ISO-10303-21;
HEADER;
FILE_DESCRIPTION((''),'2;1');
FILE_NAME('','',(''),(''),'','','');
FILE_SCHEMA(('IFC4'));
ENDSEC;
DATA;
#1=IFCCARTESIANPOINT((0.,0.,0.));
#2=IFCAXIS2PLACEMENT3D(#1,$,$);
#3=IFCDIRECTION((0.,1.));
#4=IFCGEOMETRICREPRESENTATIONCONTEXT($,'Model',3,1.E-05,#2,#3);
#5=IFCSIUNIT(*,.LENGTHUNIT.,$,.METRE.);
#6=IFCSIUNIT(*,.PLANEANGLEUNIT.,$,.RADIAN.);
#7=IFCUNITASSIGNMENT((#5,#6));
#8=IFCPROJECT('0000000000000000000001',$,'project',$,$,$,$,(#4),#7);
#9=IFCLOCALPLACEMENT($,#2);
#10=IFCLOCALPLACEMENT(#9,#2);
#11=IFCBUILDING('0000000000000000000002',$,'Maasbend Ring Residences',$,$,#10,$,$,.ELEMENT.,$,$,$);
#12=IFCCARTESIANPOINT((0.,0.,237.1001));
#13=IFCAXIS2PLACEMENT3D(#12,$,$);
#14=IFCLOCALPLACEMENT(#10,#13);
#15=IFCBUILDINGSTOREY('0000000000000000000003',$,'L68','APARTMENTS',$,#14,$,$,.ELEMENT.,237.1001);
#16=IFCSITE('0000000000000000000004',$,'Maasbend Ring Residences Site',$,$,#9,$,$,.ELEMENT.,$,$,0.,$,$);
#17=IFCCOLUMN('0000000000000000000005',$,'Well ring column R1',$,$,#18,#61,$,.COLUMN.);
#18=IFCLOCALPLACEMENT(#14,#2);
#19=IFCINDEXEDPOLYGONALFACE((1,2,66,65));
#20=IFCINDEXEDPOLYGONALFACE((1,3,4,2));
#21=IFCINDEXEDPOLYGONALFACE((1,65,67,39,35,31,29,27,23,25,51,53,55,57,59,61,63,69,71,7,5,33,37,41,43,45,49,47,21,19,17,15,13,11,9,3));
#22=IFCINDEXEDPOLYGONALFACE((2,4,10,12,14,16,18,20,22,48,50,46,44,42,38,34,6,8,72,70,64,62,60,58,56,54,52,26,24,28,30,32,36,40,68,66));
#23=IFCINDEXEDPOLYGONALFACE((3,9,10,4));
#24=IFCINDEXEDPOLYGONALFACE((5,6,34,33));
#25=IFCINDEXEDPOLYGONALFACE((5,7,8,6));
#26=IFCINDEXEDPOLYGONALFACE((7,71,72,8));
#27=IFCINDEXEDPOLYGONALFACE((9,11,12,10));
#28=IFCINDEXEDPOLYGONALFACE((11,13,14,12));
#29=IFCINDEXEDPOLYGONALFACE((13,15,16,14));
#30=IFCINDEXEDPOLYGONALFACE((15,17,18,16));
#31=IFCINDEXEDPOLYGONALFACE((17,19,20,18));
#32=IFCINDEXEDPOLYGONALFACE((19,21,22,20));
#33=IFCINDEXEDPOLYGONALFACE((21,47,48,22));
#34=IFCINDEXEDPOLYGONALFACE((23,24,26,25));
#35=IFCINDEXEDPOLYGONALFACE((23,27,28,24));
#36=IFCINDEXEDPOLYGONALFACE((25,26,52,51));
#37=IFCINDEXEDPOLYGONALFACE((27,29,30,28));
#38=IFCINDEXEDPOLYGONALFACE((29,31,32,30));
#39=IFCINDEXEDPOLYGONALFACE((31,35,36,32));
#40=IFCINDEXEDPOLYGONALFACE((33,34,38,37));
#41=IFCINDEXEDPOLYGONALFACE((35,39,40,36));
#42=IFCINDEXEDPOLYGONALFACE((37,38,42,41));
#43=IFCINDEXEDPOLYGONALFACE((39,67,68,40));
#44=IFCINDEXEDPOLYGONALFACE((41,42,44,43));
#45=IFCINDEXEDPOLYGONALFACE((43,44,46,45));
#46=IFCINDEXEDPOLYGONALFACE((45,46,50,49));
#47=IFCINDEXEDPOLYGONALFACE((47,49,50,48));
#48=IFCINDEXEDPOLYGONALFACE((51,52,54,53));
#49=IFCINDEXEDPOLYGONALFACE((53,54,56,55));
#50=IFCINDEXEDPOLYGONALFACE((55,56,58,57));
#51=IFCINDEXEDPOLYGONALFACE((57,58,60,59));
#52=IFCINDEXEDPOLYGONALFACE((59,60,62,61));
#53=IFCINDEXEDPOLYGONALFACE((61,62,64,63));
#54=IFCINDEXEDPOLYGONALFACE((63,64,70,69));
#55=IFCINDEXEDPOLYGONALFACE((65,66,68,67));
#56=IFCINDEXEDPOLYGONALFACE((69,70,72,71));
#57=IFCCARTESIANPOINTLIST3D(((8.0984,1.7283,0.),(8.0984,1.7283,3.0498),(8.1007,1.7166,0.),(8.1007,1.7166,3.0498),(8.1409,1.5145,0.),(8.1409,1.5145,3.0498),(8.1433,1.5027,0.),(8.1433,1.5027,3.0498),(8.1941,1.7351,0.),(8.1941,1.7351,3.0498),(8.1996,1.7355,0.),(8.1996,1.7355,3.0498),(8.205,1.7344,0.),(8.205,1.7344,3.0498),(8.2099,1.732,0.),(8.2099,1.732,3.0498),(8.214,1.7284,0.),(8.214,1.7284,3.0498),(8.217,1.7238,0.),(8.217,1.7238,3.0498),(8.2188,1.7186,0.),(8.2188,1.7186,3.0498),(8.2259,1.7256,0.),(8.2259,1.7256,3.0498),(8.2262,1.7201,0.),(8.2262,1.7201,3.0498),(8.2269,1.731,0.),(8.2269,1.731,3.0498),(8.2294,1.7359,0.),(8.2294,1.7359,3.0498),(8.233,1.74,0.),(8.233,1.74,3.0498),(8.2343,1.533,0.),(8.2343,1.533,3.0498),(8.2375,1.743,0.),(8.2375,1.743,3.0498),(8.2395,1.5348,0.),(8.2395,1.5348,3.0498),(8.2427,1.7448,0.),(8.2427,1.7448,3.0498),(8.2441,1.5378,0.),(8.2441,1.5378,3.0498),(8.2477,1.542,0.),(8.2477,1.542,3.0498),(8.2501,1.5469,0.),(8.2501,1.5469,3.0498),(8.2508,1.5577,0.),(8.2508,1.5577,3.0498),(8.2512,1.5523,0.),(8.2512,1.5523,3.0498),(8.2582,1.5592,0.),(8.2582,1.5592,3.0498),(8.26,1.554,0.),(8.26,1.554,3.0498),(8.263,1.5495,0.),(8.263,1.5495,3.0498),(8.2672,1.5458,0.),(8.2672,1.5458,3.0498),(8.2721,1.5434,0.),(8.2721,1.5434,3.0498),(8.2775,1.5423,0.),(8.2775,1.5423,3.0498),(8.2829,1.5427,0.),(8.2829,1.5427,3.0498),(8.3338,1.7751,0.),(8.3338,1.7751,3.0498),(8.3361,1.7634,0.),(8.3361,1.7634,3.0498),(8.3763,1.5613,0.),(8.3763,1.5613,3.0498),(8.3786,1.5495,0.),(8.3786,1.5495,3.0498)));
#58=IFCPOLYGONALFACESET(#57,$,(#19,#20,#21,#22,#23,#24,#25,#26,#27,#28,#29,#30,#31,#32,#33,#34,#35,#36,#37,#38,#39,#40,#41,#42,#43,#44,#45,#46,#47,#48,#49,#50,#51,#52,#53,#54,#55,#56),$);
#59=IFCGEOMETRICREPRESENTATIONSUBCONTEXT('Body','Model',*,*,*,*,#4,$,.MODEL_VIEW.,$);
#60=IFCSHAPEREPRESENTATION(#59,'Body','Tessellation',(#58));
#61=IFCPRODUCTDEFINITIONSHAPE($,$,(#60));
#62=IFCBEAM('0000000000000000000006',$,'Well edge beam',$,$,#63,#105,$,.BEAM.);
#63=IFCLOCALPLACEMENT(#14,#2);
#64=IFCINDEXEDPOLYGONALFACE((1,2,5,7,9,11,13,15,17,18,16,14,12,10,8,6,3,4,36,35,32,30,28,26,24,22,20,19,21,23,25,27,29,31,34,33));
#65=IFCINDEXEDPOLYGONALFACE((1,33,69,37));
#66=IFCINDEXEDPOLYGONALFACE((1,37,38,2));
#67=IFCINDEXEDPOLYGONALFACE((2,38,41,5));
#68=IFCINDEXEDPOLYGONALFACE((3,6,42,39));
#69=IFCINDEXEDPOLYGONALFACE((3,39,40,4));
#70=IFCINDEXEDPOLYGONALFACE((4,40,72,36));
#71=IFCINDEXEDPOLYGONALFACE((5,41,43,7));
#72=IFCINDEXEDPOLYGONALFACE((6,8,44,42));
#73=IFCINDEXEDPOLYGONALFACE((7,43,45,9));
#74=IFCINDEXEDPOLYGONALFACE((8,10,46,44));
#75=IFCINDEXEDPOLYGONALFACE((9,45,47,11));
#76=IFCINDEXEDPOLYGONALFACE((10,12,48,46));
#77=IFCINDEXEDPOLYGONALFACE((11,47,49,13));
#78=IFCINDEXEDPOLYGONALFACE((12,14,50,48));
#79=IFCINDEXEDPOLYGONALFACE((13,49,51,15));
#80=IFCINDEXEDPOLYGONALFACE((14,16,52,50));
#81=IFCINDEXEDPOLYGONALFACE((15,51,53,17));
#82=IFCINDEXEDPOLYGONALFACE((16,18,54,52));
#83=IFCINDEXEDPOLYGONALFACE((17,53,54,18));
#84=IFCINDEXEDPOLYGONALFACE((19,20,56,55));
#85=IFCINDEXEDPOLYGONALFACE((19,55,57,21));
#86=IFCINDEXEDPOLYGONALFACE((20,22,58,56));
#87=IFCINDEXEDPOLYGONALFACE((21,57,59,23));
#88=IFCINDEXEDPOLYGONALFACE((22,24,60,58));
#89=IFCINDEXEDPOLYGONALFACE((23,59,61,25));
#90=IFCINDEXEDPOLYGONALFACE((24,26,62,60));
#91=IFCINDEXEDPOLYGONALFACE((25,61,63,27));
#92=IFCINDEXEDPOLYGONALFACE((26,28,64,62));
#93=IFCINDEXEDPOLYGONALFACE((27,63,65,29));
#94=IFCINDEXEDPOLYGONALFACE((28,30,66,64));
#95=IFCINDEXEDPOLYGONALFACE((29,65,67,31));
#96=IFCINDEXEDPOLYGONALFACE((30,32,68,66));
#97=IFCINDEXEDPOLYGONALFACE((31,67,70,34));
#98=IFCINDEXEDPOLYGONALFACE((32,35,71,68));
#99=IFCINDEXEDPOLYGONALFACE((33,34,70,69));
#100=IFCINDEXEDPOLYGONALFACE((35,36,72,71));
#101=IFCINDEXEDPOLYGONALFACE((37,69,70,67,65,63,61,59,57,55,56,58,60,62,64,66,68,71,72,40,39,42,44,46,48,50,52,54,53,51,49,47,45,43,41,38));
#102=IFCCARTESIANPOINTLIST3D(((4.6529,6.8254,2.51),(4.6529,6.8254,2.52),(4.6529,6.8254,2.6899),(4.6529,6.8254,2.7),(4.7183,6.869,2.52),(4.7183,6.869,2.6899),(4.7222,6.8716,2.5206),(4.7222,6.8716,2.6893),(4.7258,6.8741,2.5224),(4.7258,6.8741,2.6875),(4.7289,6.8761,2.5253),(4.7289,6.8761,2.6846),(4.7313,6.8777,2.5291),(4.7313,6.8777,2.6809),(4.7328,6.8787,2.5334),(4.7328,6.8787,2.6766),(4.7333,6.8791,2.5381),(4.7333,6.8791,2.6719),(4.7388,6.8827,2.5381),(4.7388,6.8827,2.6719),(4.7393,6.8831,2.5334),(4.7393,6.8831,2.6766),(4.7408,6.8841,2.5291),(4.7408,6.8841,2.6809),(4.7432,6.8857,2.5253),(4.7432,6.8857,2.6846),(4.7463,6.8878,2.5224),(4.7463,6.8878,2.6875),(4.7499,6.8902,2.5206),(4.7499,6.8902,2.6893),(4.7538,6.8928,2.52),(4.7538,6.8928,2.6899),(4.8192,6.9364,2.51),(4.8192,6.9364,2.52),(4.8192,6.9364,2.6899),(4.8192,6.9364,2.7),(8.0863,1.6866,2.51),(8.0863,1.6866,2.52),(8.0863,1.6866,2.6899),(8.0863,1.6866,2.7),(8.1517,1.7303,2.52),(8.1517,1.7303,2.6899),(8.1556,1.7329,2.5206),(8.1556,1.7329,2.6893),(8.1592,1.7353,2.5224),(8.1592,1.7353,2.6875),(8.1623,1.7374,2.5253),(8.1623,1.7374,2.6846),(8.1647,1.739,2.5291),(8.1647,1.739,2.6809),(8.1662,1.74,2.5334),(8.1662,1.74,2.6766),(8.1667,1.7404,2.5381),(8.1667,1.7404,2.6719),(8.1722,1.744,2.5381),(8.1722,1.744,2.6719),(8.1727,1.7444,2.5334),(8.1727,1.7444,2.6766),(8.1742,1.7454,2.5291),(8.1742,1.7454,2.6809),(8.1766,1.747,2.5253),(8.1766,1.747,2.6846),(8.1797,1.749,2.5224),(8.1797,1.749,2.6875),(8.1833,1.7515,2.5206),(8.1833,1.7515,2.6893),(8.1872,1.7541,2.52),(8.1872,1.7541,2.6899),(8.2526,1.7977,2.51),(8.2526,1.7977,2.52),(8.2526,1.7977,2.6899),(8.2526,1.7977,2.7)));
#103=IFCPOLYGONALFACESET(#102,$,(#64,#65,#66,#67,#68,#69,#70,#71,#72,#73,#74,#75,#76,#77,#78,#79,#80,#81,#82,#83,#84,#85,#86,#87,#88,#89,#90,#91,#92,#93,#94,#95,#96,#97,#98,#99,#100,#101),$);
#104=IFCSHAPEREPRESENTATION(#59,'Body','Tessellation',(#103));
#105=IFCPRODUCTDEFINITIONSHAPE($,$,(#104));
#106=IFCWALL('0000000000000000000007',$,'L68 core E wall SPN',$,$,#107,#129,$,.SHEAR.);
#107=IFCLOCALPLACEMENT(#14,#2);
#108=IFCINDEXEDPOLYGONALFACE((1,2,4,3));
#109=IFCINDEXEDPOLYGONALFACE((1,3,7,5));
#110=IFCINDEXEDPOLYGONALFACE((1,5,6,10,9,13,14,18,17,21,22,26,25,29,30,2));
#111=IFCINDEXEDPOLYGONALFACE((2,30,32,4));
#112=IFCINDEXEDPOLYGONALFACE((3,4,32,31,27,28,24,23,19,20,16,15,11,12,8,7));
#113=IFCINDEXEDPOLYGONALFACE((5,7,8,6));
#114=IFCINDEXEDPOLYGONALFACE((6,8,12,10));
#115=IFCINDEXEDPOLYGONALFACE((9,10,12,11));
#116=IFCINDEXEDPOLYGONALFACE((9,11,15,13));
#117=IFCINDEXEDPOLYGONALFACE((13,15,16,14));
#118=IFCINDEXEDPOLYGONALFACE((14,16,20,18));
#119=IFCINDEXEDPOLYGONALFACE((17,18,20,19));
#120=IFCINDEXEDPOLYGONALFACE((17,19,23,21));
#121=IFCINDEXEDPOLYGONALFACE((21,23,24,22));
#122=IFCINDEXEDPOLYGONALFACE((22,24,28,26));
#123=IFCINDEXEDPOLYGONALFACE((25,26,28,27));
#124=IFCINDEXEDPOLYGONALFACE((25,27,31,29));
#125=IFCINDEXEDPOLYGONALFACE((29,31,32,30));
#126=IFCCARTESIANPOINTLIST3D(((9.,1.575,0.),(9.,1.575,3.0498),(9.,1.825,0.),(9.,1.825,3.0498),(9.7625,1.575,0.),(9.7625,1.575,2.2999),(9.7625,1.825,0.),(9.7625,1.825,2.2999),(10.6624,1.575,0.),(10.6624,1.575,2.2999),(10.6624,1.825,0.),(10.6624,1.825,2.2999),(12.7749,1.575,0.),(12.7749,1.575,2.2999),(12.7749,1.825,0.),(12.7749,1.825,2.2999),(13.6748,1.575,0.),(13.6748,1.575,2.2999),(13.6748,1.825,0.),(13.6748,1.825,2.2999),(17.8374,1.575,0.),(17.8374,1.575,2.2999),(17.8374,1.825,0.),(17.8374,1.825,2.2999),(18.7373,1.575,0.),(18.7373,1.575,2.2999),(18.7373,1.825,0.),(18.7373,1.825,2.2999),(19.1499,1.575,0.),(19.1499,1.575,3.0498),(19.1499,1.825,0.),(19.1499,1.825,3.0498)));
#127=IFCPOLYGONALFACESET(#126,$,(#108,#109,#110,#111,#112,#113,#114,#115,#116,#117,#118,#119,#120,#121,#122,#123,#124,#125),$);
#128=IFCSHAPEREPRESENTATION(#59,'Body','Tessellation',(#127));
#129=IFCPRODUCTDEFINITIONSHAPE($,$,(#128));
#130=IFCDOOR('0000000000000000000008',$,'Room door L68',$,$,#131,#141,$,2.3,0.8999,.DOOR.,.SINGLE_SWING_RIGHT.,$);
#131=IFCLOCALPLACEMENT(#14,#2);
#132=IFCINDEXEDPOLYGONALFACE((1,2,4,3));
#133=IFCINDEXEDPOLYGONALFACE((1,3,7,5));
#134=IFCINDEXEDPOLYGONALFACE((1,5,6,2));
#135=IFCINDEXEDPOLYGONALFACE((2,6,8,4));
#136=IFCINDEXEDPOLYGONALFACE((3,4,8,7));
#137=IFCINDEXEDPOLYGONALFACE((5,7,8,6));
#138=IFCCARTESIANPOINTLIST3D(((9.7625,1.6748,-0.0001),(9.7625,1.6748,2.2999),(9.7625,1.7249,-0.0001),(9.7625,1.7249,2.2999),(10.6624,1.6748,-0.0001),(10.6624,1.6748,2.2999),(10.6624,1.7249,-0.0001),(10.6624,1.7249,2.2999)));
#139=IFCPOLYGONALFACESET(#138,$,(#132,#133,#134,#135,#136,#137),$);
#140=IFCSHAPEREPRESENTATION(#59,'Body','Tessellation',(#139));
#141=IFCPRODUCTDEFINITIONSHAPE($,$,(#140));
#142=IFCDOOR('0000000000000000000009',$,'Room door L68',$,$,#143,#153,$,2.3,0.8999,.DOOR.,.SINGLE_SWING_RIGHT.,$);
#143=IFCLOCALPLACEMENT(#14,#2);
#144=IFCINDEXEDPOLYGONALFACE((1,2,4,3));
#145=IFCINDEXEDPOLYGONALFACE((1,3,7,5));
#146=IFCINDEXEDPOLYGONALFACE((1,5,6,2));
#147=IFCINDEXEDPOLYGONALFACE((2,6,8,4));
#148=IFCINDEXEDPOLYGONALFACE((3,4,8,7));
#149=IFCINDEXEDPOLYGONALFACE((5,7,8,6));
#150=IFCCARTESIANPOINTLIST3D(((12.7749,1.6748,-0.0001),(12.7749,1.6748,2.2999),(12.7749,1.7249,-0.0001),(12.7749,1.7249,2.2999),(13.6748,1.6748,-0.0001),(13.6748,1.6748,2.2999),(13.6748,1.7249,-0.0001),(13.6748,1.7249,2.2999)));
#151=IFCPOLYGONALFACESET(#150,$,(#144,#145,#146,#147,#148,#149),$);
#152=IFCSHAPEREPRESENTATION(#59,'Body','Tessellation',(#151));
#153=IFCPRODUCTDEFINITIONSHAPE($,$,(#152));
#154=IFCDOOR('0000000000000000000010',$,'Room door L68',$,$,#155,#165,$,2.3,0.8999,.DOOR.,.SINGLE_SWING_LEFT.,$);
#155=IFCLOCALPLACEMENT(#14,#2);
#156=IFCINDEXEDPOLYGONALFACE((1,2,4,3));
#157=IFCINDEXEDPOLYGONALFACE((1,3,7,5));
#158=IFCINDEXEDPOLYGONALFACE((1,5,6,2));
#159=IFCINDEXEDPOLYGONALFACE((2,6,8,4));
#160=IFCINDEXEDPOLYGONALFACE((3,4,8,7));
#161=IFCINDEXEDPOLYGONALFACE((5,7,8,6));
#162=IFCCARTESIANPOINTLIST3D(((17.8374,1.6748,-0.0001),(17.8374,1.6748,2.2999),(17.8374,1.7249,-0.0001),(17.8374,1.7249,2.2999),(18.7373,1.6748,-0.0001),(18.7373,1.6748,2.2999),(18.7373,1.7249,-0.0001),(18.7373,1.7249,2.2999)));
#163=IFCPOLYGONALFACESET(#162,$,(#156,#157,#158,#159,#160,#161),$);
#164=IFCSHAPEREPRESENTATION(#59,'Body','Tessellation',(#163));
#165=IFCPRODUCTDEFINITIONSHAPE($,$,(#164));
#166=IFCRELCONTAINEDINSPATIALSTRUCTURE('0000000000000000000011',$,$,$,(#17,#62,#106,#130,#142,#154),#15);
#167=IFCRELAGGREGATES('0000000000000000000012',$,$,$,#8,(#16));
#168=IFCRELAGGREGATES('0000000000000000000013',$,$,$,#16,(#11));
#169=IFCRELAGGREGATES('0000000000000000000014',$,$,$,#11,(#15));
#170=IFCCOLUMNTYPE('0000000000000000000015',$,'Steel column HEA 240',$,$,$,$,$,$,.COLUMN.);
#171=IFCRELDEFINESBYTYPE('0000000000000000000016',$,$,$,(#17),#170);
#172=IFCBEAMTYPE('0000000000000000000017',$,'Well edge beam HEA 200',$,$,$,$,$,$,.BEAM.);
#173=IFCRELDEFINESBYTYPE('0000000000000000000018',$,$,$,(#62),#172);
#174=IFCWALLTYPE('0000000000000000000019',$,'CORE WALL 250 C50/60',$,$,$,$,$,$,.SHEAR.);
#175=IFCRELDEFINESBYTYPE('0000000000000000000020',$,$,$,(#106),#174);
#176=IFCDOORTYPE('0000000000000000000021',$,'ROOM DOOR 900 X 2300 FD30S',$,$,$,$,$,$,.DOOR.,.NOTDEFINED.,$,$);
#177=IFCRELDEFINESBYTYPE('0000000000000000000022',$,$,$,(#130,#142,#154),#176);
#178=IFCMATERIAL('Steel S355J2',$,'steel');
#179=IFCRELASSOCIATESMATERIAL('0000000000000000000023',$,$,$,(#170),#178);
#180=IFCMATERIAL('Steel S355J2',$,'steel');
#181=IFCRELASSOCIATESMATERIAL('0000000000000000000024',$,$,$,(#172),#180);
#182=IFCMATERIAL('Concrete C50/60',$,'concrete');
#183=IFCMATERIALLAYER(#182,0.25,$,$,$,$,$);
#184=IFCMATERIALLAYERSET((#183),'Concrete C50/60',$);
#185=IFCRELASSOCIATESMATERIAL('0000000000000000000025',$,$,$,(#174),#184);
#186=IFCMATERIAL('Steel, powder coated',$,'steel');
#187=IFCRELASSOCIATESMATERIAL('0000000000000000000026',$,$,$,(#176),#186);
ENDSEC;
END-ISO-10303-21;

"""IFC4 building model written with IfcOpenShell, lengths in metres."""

from ifc_helpers import new_model, si_unit, direction, frame, frame_2d, origin, origin_2d, place, context, subcontext, project, spatial, rectangle, i_section, extrude, material, layer, layer_set, material_profile, profile_set, type_object, element, fill, save


model = new_model("IFC4")

# Units and contexts
model_context = context("Model", 3, precision=1e-05, world=origin(), true_north=direction((0.0, 1.0)))
body_context = subcontext(model_context, "Body", "Model", "MODEL_VIEW")
ifc_project = project(units=[si_unit("LENGTHUNIT", "METRE"), si_unit("PLANEANGLEUNIT", "RADIAN")], contexts=[model_context])

# Site, building, storey
site_placement = place(None, origin())
site = spatial("IfcSite", under=ifc_project, at=site_placement, Name="Maasbend Ring Residences Site", CompositionType="ELEMENT", RefElevation=0.0)
building_placement = place(site_placement, origin())
building = spatial("IfcBuilding", under=site, at=building_placement, Name="Maasbend Ring Residences", CompositionType="ELEMENT")
storey_placement = place(building_placement, frame((0.0, 0.0, 237.1001)))
storey = spatial("IfcBuildingStorey", under=building, at=storey_placement, Name="L68", Description="APARTMENTS", CompositionType="ELEMENT", Elevation=237.1001)

# Column
ifc_material_1 = material(Name="Steel S355J2", Category="steel")
ifc_material_profile_1 = material_profile(ifc_material_1, i_section(OverallWidth=0.24, OverallDepth=0.23, WebThickness=0.0076, FlangeThickness=0.012, FilletRadius=0.021, at=origin_2d()), Name="HEA 240")
ifc_profile_set_1 = profile_set([ifc_material_profile_1], Name="Steel S355J2")
column_type = type_object("IfcColumnType", Name="Steel column HEA 240", PredefinedType="COLUMN", material=ifc_profile_set_1)
column_placement = place(storey_placement, frame((8.2385, 1.6389, 0.0), z_axis=(0.0, 0.0, 1.0), x_axis=(0.980785, 0.19509, 0.0)))
element("IfcColumn", 1, at=column_placement, inside=storey, type_object=column_type, Name="Well ring column R1", PredefinedType="COLUMN", context=body_context, shape_type="SweptSolid", body=[
    extrude(i_section(OverallWidth=0.24, OverallDepth=0.23, WebThickness=0.0076, FlangeThickness=0.012, FilletRadius=0.021, at=origin_2d()), origin(), (0.0, 0.0, 1.0), 3.0498),
])

# Beam
ifc_material_2 = material(Name="Steel S355J2", Category="steel")
ifc_material_profile_2 = material_profile(ifc_material_2, i_section(OverallWidth=0.2, OverallDepth=0.1899, WebThickness=0.0066, FlangeThickness=0.01, FilletRadius=0.0181, at=origin_2d()), Name="HEA 200")
ifc_profile_set_2 = profile_set([ifc_material_profile_2], Name="Steel S355J2")
beam_type = type_object("IfcBeamType", Name="Well edge beam HEA 200", PredefinedType="BEAM", material=ifc_profile_set_2)
beam_placement = place(storey_placement, frame((8.1694, 1.7422, 2.605), z_axis=(-0.555548, 0.831485, 0.0), x_axis=(-0.831485, -0.555548, 0.0)))
element("IfcBeam", 2, at=beam_placement, inside=storey, type_object=beam_type, Name="Well edge beam", PredefinedType="BEAM", context=body_context, shape_type="SweptSolid", body=[
    extrude(i_section(OverallWidth=0.2, OverallDepth=0.1899, WebThickness=0.0066, FlangeThickness=0.01, FilletRadius=0.0181, at=origin_2d()), origin(), (0.0, 0.0, 1.0), 6.1802),
])

# Wall, openings, doors
ifc_material_3 = material(Name="Concrete C50/60", Category="concrete")
ifc_layer_1 = layer(ifc_material_3, 0.25)
ifc_layer_set_1 = layer_set([ifc_layer_1], Name="Concrete C50/60")
wall_type_1 = type_object("IfcWallType", Name="CORE WALL 250 C50/60", PredefinedType="SHEAR", material=ifc_layer_set_1)
wall_1_placement = place(storey_placement, frame((9.0, 1.7, 0.0), z_axis=(0.0, 0.0, 1.0), x_axis=(1.0, 0.0, 0.0)))
wall_1 = element("IfcWall", 3, at=wall_1_placement, inside=storey, type_object=wall_type_1, Name="L68 core E wall SPN", PredefinedType="SHEAR", context=body_context, shape_type="SweptSolid", body=[
    extrude(rectangle(XDim=10.1499, YDim=0.25, at=frame_2d((5.075, 0.0))), origin(), (0.0, 0.0, 1.0), 3.0498),
])
opening_1_placement = place(wall_1_placement, frame((0.7625, 0.0, 0.0)))
opening_1 = element("IfcOpeningElement", 4, at=opening_1_placement, cuts=wall_1, PredefinedType="OPENING", context=body_context, shape_type="SweptSolid", body=[
    extrude(rectangle(XDim=0.8999, YDim=2.3, at=frame_2d((0.45, 1.1499))), frame((0.0, 0.135, 0.0), z_axis=(0.0, -1.0, 0.0), x_axis=(1.0, 0.0, 0.0)), (0.0, 0.0, 1.0), 0.27),
])
opening_2_placement = place(wall_1_placement, frame((3.7749, 0.0, 0.0)))
opening_2 = element("IfcOpeningElement", 5, at=opening_2_placement, cuts=wall_1, PredefinedType="OPENING", context=body_context, shape_type="SweptSolid", body=[
    extrude(rectangle(XDim=0.8999, YDim=2.3, at=frame_2d((0.45, 1.1499))), frame((0.0, 0.135, 0.0), z_axis=(0.0, -1.0, 0.0), x_axis=(1.0, 0.0, 0.0)), (0.0, 0.0, 1.0), 0.27),
])
opening_3_placement = place(wall_1_placement, frame((8.8374, 0.0, 0.0)))
opening_3 = element("IfcOpeningElement", 6, at=opening_3_placement, cuts=wall_1, PredefinedType="OPENING", context=body_context, shape_type="SweptSolid", body=[
    extrude(rectangle(XDim=0.8999, YDim=2.3, at=frame_2d((0.45, 1.1499))), frame((0.0, 0.135, 0.0), z_axis=(0.0, -1.0, 0.0), x_axis=(1.0, 0.0, 0.0)), (0.0, 0.0, 1.0), 0.27),
])
ifc_material_4 = material(Name="Steel, powder coated", Category="steel")
door_type_1 = type_object("IfcDoorType", Name="ROOM DOOR 900 X 2300 FD30S", OperationType="NOTDEFINED", PredefinedType="DOOR", material=ifc_material_4)
door_1_placement = place(opening_1_placement, origin())
door_1 = element("IfcDoor", 7, at=door_1_placement, inside=storey, type_object=door_type_1, Name="Room door L68", OperationType="SINGLE_SWING_RIGHT", OverallHeight=2.3, OverallWidth=0.8999, PredefinedType="DOOR", context=body_context, shape_type="SweptSolid", body=[
    extrude(rectangle(XDim=0.8999, YDim=2.3, at=frame_2d((0.45, 1.1499))), frame((0.0, 0.0249, 0.0), z_axis=(0.0, -1.0, 0.0), x_axis=(1.0, 0.0, 0.0)), (0.0, 0.0, 1.0), 0.05),
])
fill(opening_1, door_1)
door_2_placement = place(opening_2_placement, origin())
door_2 = element("IfcDoor", 8, at=door_2_placement, inside=storey, type_object=door_type_1, Name="Room door L68", OperationType="SINGLE_SWING_RIGHT", OverallHeight=2.3, OverallWidth=0.8999, PredefinedType="DOOR", context=body_context, shape_type="SweptSolid", body=[
    extrude(rectangle(XDim=0.8999, YDim=2.3, at=frame_2d((0.45, 1.1499))), frame((0.0, 0.0249, 0.0), z_axis=(0.0, -1.0, 0.0), x_axis=(1.0, 0.0, 0.0)), (0.0, 0.0, 1.0), 0.05),
])
fill(opening_2, door_2)
door_3_placement = place(opening_3_placement, origin())
door_3 = element("IfcDoor", 9, at=door_3_placement, inside=storey, type_object=door_type_1, Name="Room door L68", OperationType="SINGLE_SWING_LEFT", OverallHeight=2.3, OverallWidth=0.8999, PredefinedType="DOOR", context=body_context, shape_type="SweptSolid", body=[
    extrude(rectangle(XDim=0.8999, YDim=2.3, at=frame_2d((0.45, 1.1499))), frame((0.0, 0.0249, 0.0), z_axis=(0.0, -1.0, 0.0), x_axis=(1.0, 0.0, 0.0)), (0.0, 0.0, 1.0), 0.05),
])
fill(opening_3, door_3)

save(model, "model.ifc")
